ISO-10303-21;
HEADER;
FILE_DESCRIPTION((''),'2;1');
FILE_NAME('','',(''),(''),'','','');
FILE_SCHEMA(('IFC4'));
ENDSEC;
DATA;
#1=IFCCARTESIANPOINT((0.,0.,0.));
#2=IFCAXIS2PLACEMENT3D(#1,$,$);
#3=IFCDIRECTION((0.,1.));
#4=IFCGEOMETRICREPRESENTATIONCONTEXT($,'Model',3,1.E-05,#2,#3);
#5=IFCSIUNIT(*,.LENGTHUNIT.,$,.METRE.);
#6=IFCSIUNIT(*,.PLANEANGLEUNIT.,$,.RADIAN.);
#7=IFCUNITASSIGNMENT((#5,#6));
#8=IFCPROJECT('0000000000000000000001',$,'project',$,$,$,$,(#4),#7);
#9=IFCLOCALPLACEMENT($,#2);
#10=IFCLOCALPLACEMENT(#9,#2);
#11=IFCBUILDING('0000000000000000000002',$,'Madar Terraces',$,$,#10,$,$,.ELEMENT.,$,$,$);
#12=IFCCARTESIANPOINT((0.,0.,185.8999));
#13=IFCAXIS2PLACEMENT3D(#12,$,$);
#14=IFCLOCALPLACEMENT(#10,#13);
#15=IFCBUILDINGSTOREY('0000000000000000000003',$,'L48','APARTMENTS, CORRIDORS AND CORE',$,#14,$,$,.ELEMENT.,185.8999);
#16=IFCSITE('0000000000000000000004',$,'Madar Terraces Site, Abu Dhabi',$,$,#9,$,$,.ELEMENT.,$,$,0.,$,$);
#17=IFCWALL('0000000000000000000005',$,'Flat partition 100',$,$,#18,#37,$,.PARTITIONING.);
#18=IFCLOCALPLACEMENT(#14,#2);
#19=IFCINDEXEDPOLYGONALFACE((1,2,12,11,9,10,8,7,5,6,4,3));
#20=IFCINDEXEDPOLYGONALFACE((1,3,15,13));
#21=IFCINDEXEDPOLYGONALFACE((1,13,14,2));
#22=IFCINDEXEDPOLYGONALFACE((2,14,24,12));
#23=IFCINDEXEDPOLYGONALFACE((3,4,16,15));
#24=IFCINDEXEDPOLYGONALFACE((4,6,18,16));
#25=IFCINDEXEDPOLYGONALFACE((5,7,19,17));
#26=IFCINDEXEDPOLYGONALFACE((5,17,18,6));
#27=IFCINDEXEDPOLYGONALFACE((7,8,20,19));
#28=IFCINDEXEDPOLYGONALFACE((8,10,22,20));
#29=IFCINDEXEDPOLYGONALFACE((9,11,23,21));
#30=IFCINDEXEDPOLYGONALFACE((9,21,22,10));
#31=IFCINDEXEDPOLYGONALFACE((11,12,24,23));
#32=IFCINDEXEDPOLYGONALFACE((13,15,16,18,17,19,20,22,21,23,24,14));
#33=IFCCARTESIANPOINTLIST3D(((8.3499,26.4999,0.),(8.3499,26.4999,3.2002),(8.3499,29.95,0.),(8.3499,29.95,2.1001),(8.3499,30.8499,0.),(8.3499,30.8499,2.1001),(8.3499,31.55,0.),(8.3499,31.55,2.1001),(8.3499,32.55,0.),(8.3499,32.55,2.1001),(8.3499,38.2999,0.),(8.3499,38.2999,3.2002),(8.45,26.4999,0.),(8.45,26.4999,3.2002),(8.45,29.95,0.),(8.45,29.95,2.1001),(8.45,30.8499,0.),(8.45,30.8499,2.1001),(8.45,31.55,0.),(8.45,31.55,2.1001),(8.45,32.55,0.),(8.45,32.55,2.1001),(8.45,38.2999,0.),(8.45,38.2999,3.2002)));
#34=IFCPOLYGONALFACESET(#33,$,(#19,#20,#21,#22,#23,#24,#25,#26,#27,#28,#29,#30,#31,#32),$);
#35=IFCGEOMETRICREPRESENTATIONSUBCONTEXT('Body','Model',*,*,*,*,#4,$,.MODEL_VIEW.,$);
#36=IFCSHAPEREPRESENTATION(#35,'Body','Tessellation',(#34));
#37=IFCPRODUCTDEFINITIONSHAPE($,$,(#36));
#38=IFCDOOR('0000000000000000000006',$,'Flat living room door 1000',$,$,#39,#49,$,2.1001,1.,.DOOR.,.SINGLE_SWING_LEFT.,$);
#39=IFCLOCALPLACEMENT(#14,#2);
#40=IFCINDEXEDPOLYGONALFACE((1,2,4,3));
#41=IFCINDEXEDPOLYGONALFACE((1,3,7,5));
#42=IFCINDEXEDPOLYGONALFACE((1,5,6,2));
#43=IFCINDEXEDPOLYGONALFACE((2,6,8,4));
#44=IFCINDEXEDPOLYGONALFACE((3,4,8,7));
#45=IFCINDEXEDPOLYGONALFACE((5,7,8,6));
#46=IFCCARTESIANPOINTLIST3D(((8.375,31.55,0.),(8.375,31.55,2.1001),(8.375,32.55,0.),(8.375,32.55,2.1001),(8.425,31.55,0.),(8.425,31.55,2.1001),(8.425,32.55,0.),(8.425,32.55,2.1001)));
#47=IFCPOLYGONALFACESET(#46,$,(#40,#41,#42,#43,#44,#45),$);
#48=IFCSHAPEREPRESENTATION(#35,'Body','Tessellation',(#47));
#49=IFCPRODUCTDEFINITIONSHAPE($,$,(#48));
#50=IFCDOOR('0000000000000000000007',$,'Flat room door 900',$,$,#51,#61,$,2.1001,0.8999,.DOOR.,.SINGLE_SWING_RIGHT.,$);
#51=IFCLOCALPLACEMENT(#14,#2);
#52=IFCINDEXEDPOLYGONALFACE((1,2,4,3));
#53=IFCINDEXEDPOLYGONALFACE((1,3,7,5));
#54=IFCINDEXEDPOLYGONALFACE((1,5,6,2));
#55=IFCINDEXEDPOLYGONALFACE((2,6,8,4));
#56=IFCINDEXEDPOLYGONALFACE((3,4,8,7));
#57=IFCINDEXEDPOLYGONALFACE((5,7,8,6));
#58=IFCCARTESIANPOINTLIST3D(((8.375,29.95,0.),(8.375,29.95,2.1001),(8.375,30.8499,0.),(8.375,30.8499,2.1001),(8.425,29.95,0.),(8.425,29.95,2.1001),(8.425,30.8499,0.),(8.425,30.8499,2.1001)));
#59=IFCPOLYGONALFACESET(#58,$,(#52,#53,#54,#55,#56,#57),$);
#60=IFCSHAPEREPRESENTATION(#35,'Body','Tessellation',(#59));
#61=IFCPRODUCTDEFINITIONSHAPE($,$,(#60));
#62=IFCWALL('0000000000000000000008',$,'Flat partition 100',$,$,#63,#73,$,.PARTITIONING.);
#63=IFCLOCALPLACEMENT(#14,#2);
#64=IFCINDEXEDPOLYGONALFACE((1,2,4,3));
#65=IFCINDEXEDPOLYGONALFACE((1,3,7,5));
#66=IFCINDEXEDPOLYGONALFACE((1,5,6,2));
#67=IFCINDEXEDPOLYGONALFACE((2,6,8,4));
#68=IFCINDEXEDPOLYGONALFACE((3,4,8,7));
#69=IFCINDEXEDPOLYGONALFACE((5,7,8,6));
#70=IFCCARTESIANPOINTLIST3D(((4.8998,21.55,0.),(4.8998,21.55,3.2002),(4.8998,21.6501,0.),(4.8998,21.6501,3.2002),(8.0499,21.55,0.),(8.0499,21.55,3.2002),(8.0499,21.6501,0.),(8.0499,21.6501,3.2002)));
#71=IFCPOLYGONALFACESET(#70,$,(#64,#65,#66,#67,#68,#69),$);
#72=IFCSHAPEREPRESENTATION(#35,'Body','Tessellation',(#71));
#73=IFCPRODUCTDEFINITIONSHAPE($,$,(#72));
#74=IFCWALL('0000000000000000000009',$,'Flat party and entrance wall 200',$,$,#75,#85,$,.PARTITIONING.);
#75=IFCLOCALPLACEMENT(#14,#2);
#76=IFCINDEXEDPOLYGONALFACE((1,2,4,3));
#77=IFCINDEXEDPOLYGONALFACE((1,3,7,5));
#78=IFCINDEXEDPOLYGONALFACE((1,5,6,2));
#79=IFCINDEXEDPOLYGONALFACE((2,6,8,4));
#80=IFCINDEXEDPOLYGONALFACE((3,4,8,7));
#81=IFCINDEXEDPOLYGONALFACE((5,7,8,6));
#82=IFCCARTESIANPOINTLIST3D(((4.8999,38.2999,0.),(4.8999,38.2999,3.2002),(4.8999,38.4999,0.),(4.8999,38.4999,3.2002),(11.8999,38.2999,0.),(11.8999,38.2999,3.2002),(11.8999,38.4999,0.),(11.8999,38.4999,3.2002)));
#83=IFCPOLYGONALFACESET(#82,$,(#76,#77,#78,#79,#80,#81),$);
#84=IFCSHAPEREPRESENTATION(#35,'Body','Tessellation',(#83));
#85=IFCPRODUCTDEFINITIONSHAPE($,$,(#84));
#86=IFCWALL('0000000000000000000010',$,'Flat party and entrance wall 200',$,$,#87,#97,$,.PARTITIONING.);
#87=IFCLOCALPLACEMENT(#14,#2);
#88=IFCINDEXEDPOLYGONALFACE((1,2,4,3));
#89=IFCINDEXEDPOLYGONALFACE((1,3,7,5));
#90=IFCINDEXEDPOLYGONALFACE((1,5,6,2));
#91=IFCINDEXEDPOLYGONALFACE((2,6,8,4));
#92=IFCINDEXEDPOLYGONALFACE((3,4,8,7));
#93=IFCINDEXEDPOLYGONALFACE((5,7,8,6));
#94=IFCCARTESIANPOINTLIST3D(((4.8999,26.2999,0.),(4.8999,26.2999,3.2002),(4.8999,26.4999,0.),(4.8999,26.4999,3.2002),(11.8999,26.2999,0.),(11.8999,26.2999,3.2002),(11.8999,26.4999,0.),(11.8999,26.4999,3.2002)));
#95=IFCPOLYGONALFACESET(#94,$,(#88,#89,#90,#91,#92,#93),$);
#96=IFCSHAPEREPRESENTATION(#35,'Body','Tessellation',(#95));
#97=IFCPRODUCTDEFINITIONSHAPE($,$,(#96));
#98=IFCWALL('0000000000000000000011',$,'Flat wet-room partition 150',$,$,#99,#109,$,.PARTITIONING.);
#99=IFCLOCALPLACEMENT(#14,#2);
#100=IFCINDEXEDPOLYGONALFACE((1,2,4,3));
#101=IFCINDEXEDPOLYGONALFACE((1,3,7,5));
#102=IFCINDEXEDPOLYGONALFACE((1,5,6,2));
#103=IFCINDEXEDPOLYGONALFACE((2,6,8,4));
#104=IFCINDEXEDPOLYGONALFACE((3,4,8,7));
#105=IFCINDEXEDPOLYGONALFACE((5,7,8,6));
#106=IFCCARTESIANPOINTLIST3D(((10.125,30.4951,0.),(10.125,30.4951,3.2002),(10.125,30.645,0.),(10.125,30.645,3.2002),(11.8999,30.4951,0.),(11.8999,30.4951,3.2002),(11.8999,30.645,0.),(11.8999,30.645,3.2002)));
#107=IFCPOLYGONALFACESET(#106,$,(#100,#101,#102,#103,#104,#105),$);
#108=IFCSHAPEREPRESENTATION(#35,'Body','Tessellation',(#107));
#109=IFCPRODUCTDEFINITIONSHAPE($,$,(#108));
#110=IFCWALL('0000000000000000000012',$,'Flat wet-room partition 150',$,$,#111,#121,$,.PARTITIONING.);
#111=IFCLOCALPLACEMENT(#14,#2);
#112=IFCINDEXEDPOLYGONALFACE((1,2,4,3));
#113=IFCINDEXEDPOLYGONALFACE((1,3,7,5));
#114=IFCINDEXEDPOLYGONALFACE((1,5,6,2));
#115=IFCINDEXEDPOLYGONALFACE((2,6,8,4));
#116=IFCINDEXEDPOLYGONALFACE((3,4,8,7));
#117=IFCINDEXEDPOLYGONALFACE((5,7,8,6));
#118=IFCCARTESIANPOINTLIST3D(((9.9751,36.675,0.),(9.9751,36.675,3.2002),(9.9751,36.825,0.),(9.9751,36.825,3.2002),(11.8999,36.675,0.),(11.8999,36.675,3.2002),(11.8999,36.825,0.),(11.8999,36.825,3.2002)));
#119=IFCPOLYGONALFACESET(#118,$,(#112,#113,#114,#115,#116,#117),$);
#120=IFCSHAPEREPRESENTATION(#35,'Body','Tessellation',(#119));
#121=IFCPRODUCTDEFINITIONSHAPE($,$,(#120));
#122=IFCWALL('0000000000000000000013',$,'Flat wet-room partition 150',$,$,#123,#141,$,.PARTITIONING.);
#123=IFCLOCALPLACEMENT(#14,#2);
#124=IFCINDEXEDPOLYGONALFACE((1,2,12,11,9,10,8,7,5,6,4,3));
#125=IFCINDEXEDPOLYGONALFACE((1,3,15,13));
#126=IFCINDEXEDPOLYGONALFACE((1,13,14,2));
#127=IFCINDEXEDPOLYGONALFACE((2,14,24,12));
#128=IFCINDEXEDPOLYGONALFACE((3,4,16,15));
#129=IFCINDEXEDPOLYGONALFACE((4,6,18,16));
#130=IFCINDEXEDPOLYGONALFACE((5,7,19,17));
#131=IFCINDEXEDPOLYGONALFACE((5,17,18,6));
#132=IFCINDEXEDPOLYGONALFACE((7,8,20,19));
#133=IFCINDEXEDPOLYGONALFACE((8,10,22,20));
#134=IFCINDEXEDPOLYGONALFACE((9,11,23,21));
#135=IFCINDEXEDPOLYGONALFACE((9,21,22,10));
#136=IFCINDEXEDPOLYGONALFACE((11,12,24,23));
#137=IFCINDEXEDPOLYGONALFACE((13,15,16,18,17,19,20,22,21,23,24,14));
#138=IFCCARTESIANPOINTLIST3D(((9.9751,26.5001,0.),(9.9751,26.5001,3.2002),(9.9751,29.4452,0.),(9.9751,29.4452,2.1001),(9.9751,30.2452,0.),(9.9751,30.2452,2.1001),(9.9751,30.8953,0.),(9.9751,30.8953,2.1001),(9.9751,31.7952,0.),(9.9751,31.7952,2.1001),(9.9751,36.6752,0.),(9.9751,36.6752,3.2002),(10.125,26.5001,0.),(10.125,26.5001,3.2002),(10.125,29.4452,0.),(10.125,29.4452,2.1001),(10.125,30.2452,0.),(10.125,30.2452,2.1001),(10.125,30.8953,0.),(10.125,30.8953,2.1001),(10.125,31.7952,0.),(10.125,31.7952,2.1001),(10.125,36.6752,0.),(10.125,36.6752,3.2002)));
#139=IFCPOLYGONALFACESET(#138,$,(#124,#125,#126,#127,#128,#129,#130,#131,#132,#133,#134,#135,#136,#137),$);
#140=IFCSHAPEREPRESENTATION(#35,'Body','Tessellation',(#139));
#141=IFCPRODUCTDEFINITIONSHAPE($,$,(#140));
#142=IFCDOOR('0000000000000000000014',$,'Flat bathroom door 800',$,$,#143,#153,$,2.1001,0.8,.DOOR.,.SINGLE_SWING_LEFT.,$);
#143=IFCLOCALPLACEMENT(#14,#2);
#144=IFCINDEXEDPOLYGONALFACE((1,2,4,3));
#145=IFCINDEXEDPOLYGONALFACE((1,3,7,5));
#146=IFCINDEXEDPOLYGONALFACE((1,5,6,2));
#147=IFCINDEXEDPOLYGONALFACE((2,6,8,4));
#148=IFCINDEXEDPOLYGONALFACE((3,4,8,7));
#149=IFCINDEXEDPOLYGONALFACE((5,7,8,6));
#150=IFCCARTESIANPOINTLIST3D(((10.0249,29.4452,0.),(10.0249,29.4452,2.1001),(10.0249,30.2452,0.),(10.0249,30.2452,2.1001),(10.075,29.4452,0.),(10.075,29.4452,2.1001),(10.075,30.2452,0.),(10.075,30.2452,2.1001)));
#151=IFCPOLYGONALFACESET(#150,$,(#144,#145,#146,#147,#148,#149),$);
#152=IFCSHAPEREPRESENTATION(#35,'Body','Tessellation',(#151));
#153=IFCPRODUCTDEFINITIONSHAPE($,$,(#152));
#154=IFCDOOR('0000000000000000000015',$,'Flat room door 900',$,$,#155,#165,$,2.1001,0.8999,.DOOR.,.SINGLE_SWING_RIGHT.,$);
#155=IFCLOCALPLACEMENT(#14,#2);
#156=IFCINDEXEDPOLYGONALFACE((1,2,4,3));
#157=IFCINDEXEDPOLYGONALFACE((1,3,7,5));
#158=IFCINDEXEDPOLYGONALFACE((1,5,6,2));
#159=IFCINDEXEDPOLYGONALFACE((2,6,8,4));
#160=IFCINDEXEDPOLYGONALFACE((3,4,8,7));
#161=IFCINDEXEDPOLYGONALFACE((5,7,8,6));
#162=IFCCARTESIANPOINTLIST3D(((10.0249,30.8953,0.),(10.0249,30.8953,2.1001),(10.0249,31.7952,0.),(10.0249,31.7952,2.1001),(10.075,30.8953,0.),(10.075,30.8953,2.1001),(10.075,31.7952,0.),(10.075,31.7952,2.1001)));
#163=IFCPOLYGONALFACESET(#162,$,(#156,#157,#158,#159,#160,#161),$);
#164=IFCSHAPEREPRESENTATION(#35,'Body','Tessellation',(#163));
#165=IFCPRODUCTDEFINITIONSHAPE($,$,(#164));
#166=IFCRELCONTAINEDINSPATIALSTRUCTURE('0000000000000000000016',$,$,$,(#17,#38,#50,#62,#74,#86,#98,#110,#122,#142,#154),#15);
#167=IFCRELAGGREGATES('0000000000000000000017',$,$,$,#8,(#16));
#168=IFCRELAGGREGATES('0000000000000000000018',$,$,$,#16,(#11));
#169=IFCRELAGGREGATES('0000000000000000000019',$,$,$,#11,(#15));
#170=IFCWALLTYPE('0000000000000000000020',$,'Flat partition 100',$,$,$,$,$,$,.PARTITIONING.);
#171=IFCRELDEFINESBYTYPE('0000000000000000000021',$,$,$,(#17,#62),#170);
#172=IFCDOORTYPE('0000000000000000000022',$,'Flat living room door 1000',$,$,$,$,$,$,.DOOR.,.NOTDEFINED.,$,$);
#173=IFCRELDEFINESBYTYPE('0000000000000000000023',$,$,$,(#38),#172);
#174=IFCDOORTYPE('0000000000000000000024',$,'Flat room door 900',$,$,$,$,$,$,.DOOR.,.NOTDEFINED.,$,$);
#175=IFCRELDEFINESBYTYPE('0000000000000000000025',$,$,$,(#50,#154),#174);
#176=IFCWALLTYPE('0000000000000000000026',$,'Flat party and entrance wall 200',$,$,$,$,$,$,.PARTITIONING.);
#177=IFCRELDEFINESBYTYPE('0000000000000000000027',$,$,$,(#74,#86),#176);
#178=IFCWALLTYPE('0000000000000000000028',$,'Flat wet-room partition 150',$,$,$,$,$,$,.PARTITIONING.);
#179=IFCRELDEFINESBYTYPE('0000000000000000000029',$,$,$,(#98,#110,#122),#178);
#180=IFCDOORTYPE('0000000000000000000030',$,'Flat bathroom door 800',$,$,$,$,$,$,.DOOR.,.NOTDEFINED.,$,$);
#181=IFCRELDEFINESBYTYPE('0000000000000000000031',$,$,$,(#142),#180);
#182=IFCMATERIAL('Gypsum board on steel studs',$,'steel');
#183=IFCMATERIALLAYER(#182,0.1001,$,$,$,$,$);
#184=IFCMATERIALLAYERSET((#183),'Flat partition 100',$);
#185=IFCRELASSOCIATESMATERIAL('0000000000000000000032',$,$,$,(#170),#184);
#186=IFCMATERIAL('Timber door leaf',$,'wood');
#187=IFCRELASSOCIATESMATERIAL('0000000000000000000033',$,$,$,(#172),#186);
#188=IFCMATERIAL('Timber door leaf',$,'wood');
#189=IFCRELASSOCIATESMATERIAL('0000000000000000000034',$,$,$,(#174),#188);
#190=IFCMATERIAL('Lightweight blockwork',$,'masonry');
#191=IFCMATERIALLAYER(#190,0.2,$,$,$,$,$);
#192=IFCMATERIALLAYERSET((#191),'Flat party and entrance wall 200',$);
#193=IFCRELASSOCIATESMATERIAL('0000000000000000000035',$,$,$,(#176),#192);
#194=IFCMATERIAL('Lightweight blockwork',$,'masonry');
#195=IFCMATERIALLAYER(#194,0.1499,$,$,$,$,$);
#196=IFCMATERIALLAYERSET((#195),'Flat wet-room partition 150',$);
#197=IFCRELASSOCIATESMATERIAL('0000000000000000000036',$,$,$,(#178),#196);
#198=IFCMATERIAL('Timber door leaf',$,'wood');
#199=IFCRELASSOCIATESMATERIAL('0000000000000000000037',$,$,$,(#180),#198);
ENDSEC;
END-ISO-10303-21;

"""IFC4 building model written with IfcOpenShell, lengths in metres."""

from ifc_helpers import new_model, si_unit, direction, frame, frame_2d, origin, place, context, subcontext, project, spatial, rectangle, extrude, material, layer, layer_set, type_object, element, fill, save


model = new_model("IFC4")

# Units and contexts
model_context = context("Model", 3, precision=1e-05, world=origin(), true_north=direction((0.0, 1.0)))
body_context = subcontext(model_context, "Body", "Model", "MODEL_VIEW")
ifc_project = project(units=[si_unit("LENGTHUNIT", "METRE"), si_unit("PLANEANGLEUNIT", "RADIAN")], contexts=[model_context])

# Site, building, storey
site_placement = place(None, origin())
site = spatial("IfcSite", under=ifc_project, at=site_placement, Name="Madar Terraces Site, Abu Dhabi", CompositionType="ELEMENT", RefElevation=0.0)
building_placement = place(site_placement, origin())
building = spatial("IfcBuilding", under=site, at=building_placement, Name="Madar Terraces", CompositionType="ELEMENT")
storey_placement = place(building_placement, frame((0.0, 0.0, 185.8999)))
storey = spatial("IfcBuildingStorey", under=building, at=storey_placement, Name="L48", Description="APARTMENTS, CORRIDORS AND CORE", CompositionType="ELEMENT", Elevation=185.8999)

# Shared definitions
ifc_material_1 = material(Name="Gypsum board on steel studs", Category="steel")
ifc_layer_1 = layer(ifc_material_1, 0.1001)
ifc_layer_set_1 = layer_set([ifc_layer_1], Name="Flat partition 100")
wall_type_1 = type_object("IfcWallType", Name="Flat partition 100", PredefinedType="PARTITIONING", material=ifc_layer_set_1)

# Wall, openings, doors
wall_1_placement = place(storey_placement, frame((8.3999, 26.5, 0.0), z_axis=(0.0, 0.0, 1.0), x_axis=(0.0, 1.0, 0.0)))
wall_1 = element("IfcWall", 1, at=wall_1_placement, inside=storey, type_object=wall_type_1, Name="Flat partition 100", PredefinedType="PARTITIONING", context=body_context, shape_type="SweptSolid", body=[
    extrude(rectangle(XDim=11.8, YDim=0.1001, at=frame_2d((5.8999, 0.0))), origin(), (0.0, 0.0, 1.0), 3.2002),
])
opening_1_placement = place(wall_1_placement, frame((5.05, 0.0, 0.0)))
opening_1 = element("IfcOpeningElement", 2, at=opening_1_placement, cuts=wall_1, PredefinedType="OPENING", context=body_context, shape_type="SweptSolid", body=[
    extrude(rectangle(XDim=1.0, YDim=2.1001, at=frame_2d((0.5, 1.05))), frame((0.0, 0.0601, 0.0), z_axis=(0.0, -1.0, 0.0), x_axis=(1.0, 0.0, 0.0)), (0.0, 0.0, 1.0), 0.1201),
])
opening_2_placement = place(wall_1_placement, frame((3.45, 0.0, 0.0)))
opening_2 = element("IfcOpeningElement", 3, at=opening_2_placement, cuts=wall_1, PredefinedType="OPENING", context=body_context, shape_type="SweptSolid", body=[
    extrude(rectangle(XDim=0.8999, YDim=2.1001, at=frame_2d((0.45, 1.05))), frame((0.0, 0.0601, 0.0), z_axis=(0.0, -1.0, 0.0), x_axis=(1.0, 0.0, 0.0)), (0.0, 0.0, 1.0), 0.1201),
])
ifc_material_2 = material(Name="Timber door leaf", Category="wood")
door_type_1 = type_object("IfcDoorType", Name="Flat living room door 1000", OperationType="NOTDEFINED", PredefinedType="DOOR", material=ifc_material_2)
door_1_placement = place(opening_1_placement, origin())
door_1 = element("IfcDoor", 4, at=door_1_placement, inside=storey, type_object=door_type_1, Name="Flat living room door 1000", OperationType="SINGLE_SWING_LEFT", OverallHeight=2.1001, OverallWidth=1.0, PredefinedType="DOOR", context=body_context, shape_type="SweptSolid", body=[
    extrude(rectangle(XDim=1.0, YDim=2.1001, at=frame_2d((0.5, 1.05))), frame((0.0, 0.0249, 0.0), z_axis=(0.0, -1.0, 0.0), x_axis=(1.0, 0.0, 0.0)), (0.0, 0.0, 1.0), 0.05),
])
fill(opening_1, door_1)
ifc_material_3 = material(Name="Timber door leaf", Category="wood")
door_type_2 = type_object("IfcDoorType", Name="Flat room door 900", OperationType="NOTDEFINED", PredefinedType="DOOR", material=ifc_material_3)
door_2_placement = place(opening_2_placement, origin())
door_2 = element("IfcDoor", 5, at=door_2_placement, inside=storey, type_object=door_type_2, Name="Flat room door 900", OperationType="SINGLE_SWING_RIGHT", OverallHeight=2.1001, OverallWidth=0.8999, PredefinedType="DOOR", context=body_context, shape_type="SweptSolid", body=[
    extrude(rectangle(XDim=0.8999, YDim=2.1001, at=frame_2d((0.45, 1.05))), frame((0.0, 0.0249, 0.0), z_axis=(0.0, -1.0, 0.0), x_axis=(1.0, 0.0, 0.0)), (0.0, 0.0, 1.0), 0.05),
])
fill(opening_2, door_2)

# Walls
wall_2_placement = place(storey_placement, frame((8.05, 21.6001, 0.0), z_axis=(0.0, 0.0, 1.0), x_axis=(-1.0, 0.0, 0.0)))
element("IfcWall", 6, at=wall_2_placement, inside=storey, type_object=wall_type_1, Name="Flat partition 100", PredefinedType="PARTITIONING", context=body_context, shape_type="SweptSolid", body=[
    extrude(rectangle(XDim=3.1501, YDim=0.1001, at=frame_2d((1.5752, 0.0))), origin(), (0.0, 0.0, 1.0), 3.2002),
])
ifc_material_4 = material(Name="Lightweight blockwork", Category="masonry")
ifc_layer_2 = layer(ifc_material_4, 0.2)
ifc_layer_set_2 = layer_set([ifc_layer_2], Name="Flat party and entrance wall 200")
wall_type_2 = type_object("IfcWallType", Name="Flat party and entrance wall 200", PredefinedType="PARTITIONING", material=ifc_layer_set_2)
for number, where, z_axis, x_axis, name in (
    (7, (4.8999, 38.3999, 0.0), (0.0, 0.0, 1.0), (1.0, 0.0, 0.0), "Flat party and entrance wall 200"),
    (8, (4.8999, 26.3999, 0.0), (0.0, 0.0, 1.0), (1.0, 0.0, 0.0), "Flat party and entrance wall 200"),
):
    element("IfcWall", number, at=place(storey_placement, frame(where, z_axis=z_axis, x_axis=x_axis)), inside=storey, type_object=wall_type_2, Name=name, PredefinedType="PARTITIONING", context=body_context, shape_type="SweptSolid", body=[
        extrude(rectangle(XDim=7.0, YDim=0.2, at=frame_2d((3.5, 0.0))), origin(), (0.0, 0.0, 1.0), 3.2002),
    ])
ifc_material_5 = material(Name="Lightweight blockwork", Category="masonry")
ifc_layer_3 = layer(ifc_material_5, 0.1499)
ifc_layer_set_3 = layer_set([ifc_layer_3], Name="Flat wet-room partition 150")
wall_type_3 = type_object("IfcWallType", Name="Flat wet-room partition 150", PredefinedType="PARTITIONING", material=ifc_layer_set_3)
wall_3_placement = place(storey_placement, frame((11.8999, 30.5701, 0.0), z_axis=(0.0, 0.0, 1.0), x_axis=(-1.0, 0.0, 0.0)))
element("IfcWall", 9, at=wall_3_placement, inside=storey, type_object=wall_type_3, Name="Flat wet-room partition 150", PredefinedType="PARTITIONING", context=body_context, shape_type="SweptSolid", body=[
    extrude(rectangle(XDim=1.7749, YDim=0.1499, at=frame_2d((0.8875, 0.0))), origin(), (0.0, 0.0, 1.0), 3.2002),
])
wall_4_placement = place(storey_placement, frame((11.8999, 36.75, 0.0), z_axis=(0.0, 0.0, 1.0), x_axis=(-1.0, 0.0, 0.0)))
element("IfcWall", 10, at=wall_4_placement, inside=storey, type_object=wall_type_3, Name="Flat wet-room partition 150", PredefinedType="PARTITIONING", context=body_context, shape_type="SweptSolid", body=[
    extrude(rectangle(XDim=1.9248, YDim=0.1499, at=frame_2d((0.9624, 0.0))), origin(), (0.0, 0.0, 1.0), 3.2002),
])

# Wall, openings, doors
wall_5_placement = place(storey_placement, frame((10.05, 36.675, 0.0), z_axis=(0.0, 0.0, 1.0), x_axis=(0.0, -1.0, 0.0)))
wall_5 = element("IfcWall", 11, at=wall_5_placement, inside=storey, type_object=wall_type_3, Name="Flat wet-room partition 150", PredefinedType="PARTITIONING", context=body_context, shape_type="SweptSolid", body=[
    extrude(rectangle(XDim=10.175, YDim=0.1499, at=frame_2d((5.0874, 0.0))), origin(), (0.0, 0.0, 1.0), 3.2002),
])
opening_3_placement = place(wall_5_placement, frame((4.8799, 0.0, 0.0)))
opening_3 = element("IfcOpeningElement", 12, at=opening_3_placement, cuts=wall_5, PredefinedType="OPENING", context=body_context, shape_type="SweptSolid", body=[
    extrude(rectangle(XDim=0.8999, YDim=2.1001, at=frame_2d((0.45, 1.05))), frame((0.0, 0.085, 0.0), z_axis=(0.0, -1.0, 0.0), x_axis=(1.0, 0.0, 0.0)), (0.0, 0.0, 1.0), 0.1699),
])
opening_4_placement = place(wall_5_placement, frame((6.4299, 0.0, 0.0)))
opening_4 = element("IfcOpeningElement", 13, at=opening_4_placement, cuts=wall_5, PredefinedType="OPENING", context=body_context, shape_type="SweptSolid", body=[
    extrude(rectangle(XDim=0.8, YDim=2.1001, at=frame_2d((0.3999, 1.05))), frame((0.0, 0.085, 0.0), z_axis=(0.0, -1.0, 0.0), x_axis=(1.0, 0.0, 0.0)), (0.0, 0.0, 1.0), 0.1699),
])
ifc_material_6 = material(Name="Timber door leaf", Category="wood")
door_type_3 = type_object("IfcDoorType", Name="Flat bathroom door 800", OperationType="NOTDEFINED", PredefinedType="DOOR", material=ifc_material_6)
door_3_placement = place(opening_4_placement, origin())
door_3 = element("IfcDoor", 14, at=door_3_placement, inside=storey, type_object=door_type_3, Name="Flat bathroom door 800", OperationType="SINGLE_SWING_LEFT", OverallHeight=2.1001, OverallWidth=0.8, PredefinedType="DOOR", context=body_context, shape_type="SweptSolid", body=[
    extrude(rectangle(XDim=0.8, YDim=2.1001, at=frame_2d((0.3999, 1.05))), frame((0.0, 0.0249, 0.0), z_axis=(0.0, -1.0, 0.0), x_axis=(1.0, 0.0, 0.0)), (0.0, 0.0, 1.0), 0.05),
])
fill(opening_4, door_3)
door_4_placement = place(opening_3_placement, origin())
door_4 = element("IfcDoor", 15, at=door_4_placement, inside=storey, type_object=door_type_2, Name="Flat room door 900", OperationType="SINGLE_SWING_RIGHT", OverallHeight=2.1001, OverallWidth=0.8999, PredefinedType="DOOR", context=body_context, shape_type="SweptSolid", body=[
    extrude(rectangle(XDim=0.8999, YDim=2.1001, at=frame_2d((0.45, 1.05))), frame((0.0, 0.0249, 0.0), z_axis=(0.0, -1.0, 0.0), x_axis=(1.0, 0.0, 0.0)), (0.0, 0.0, 1.0), 0.05),
])
fill(opening_3, door_4)

save(model, "model.ifc")
